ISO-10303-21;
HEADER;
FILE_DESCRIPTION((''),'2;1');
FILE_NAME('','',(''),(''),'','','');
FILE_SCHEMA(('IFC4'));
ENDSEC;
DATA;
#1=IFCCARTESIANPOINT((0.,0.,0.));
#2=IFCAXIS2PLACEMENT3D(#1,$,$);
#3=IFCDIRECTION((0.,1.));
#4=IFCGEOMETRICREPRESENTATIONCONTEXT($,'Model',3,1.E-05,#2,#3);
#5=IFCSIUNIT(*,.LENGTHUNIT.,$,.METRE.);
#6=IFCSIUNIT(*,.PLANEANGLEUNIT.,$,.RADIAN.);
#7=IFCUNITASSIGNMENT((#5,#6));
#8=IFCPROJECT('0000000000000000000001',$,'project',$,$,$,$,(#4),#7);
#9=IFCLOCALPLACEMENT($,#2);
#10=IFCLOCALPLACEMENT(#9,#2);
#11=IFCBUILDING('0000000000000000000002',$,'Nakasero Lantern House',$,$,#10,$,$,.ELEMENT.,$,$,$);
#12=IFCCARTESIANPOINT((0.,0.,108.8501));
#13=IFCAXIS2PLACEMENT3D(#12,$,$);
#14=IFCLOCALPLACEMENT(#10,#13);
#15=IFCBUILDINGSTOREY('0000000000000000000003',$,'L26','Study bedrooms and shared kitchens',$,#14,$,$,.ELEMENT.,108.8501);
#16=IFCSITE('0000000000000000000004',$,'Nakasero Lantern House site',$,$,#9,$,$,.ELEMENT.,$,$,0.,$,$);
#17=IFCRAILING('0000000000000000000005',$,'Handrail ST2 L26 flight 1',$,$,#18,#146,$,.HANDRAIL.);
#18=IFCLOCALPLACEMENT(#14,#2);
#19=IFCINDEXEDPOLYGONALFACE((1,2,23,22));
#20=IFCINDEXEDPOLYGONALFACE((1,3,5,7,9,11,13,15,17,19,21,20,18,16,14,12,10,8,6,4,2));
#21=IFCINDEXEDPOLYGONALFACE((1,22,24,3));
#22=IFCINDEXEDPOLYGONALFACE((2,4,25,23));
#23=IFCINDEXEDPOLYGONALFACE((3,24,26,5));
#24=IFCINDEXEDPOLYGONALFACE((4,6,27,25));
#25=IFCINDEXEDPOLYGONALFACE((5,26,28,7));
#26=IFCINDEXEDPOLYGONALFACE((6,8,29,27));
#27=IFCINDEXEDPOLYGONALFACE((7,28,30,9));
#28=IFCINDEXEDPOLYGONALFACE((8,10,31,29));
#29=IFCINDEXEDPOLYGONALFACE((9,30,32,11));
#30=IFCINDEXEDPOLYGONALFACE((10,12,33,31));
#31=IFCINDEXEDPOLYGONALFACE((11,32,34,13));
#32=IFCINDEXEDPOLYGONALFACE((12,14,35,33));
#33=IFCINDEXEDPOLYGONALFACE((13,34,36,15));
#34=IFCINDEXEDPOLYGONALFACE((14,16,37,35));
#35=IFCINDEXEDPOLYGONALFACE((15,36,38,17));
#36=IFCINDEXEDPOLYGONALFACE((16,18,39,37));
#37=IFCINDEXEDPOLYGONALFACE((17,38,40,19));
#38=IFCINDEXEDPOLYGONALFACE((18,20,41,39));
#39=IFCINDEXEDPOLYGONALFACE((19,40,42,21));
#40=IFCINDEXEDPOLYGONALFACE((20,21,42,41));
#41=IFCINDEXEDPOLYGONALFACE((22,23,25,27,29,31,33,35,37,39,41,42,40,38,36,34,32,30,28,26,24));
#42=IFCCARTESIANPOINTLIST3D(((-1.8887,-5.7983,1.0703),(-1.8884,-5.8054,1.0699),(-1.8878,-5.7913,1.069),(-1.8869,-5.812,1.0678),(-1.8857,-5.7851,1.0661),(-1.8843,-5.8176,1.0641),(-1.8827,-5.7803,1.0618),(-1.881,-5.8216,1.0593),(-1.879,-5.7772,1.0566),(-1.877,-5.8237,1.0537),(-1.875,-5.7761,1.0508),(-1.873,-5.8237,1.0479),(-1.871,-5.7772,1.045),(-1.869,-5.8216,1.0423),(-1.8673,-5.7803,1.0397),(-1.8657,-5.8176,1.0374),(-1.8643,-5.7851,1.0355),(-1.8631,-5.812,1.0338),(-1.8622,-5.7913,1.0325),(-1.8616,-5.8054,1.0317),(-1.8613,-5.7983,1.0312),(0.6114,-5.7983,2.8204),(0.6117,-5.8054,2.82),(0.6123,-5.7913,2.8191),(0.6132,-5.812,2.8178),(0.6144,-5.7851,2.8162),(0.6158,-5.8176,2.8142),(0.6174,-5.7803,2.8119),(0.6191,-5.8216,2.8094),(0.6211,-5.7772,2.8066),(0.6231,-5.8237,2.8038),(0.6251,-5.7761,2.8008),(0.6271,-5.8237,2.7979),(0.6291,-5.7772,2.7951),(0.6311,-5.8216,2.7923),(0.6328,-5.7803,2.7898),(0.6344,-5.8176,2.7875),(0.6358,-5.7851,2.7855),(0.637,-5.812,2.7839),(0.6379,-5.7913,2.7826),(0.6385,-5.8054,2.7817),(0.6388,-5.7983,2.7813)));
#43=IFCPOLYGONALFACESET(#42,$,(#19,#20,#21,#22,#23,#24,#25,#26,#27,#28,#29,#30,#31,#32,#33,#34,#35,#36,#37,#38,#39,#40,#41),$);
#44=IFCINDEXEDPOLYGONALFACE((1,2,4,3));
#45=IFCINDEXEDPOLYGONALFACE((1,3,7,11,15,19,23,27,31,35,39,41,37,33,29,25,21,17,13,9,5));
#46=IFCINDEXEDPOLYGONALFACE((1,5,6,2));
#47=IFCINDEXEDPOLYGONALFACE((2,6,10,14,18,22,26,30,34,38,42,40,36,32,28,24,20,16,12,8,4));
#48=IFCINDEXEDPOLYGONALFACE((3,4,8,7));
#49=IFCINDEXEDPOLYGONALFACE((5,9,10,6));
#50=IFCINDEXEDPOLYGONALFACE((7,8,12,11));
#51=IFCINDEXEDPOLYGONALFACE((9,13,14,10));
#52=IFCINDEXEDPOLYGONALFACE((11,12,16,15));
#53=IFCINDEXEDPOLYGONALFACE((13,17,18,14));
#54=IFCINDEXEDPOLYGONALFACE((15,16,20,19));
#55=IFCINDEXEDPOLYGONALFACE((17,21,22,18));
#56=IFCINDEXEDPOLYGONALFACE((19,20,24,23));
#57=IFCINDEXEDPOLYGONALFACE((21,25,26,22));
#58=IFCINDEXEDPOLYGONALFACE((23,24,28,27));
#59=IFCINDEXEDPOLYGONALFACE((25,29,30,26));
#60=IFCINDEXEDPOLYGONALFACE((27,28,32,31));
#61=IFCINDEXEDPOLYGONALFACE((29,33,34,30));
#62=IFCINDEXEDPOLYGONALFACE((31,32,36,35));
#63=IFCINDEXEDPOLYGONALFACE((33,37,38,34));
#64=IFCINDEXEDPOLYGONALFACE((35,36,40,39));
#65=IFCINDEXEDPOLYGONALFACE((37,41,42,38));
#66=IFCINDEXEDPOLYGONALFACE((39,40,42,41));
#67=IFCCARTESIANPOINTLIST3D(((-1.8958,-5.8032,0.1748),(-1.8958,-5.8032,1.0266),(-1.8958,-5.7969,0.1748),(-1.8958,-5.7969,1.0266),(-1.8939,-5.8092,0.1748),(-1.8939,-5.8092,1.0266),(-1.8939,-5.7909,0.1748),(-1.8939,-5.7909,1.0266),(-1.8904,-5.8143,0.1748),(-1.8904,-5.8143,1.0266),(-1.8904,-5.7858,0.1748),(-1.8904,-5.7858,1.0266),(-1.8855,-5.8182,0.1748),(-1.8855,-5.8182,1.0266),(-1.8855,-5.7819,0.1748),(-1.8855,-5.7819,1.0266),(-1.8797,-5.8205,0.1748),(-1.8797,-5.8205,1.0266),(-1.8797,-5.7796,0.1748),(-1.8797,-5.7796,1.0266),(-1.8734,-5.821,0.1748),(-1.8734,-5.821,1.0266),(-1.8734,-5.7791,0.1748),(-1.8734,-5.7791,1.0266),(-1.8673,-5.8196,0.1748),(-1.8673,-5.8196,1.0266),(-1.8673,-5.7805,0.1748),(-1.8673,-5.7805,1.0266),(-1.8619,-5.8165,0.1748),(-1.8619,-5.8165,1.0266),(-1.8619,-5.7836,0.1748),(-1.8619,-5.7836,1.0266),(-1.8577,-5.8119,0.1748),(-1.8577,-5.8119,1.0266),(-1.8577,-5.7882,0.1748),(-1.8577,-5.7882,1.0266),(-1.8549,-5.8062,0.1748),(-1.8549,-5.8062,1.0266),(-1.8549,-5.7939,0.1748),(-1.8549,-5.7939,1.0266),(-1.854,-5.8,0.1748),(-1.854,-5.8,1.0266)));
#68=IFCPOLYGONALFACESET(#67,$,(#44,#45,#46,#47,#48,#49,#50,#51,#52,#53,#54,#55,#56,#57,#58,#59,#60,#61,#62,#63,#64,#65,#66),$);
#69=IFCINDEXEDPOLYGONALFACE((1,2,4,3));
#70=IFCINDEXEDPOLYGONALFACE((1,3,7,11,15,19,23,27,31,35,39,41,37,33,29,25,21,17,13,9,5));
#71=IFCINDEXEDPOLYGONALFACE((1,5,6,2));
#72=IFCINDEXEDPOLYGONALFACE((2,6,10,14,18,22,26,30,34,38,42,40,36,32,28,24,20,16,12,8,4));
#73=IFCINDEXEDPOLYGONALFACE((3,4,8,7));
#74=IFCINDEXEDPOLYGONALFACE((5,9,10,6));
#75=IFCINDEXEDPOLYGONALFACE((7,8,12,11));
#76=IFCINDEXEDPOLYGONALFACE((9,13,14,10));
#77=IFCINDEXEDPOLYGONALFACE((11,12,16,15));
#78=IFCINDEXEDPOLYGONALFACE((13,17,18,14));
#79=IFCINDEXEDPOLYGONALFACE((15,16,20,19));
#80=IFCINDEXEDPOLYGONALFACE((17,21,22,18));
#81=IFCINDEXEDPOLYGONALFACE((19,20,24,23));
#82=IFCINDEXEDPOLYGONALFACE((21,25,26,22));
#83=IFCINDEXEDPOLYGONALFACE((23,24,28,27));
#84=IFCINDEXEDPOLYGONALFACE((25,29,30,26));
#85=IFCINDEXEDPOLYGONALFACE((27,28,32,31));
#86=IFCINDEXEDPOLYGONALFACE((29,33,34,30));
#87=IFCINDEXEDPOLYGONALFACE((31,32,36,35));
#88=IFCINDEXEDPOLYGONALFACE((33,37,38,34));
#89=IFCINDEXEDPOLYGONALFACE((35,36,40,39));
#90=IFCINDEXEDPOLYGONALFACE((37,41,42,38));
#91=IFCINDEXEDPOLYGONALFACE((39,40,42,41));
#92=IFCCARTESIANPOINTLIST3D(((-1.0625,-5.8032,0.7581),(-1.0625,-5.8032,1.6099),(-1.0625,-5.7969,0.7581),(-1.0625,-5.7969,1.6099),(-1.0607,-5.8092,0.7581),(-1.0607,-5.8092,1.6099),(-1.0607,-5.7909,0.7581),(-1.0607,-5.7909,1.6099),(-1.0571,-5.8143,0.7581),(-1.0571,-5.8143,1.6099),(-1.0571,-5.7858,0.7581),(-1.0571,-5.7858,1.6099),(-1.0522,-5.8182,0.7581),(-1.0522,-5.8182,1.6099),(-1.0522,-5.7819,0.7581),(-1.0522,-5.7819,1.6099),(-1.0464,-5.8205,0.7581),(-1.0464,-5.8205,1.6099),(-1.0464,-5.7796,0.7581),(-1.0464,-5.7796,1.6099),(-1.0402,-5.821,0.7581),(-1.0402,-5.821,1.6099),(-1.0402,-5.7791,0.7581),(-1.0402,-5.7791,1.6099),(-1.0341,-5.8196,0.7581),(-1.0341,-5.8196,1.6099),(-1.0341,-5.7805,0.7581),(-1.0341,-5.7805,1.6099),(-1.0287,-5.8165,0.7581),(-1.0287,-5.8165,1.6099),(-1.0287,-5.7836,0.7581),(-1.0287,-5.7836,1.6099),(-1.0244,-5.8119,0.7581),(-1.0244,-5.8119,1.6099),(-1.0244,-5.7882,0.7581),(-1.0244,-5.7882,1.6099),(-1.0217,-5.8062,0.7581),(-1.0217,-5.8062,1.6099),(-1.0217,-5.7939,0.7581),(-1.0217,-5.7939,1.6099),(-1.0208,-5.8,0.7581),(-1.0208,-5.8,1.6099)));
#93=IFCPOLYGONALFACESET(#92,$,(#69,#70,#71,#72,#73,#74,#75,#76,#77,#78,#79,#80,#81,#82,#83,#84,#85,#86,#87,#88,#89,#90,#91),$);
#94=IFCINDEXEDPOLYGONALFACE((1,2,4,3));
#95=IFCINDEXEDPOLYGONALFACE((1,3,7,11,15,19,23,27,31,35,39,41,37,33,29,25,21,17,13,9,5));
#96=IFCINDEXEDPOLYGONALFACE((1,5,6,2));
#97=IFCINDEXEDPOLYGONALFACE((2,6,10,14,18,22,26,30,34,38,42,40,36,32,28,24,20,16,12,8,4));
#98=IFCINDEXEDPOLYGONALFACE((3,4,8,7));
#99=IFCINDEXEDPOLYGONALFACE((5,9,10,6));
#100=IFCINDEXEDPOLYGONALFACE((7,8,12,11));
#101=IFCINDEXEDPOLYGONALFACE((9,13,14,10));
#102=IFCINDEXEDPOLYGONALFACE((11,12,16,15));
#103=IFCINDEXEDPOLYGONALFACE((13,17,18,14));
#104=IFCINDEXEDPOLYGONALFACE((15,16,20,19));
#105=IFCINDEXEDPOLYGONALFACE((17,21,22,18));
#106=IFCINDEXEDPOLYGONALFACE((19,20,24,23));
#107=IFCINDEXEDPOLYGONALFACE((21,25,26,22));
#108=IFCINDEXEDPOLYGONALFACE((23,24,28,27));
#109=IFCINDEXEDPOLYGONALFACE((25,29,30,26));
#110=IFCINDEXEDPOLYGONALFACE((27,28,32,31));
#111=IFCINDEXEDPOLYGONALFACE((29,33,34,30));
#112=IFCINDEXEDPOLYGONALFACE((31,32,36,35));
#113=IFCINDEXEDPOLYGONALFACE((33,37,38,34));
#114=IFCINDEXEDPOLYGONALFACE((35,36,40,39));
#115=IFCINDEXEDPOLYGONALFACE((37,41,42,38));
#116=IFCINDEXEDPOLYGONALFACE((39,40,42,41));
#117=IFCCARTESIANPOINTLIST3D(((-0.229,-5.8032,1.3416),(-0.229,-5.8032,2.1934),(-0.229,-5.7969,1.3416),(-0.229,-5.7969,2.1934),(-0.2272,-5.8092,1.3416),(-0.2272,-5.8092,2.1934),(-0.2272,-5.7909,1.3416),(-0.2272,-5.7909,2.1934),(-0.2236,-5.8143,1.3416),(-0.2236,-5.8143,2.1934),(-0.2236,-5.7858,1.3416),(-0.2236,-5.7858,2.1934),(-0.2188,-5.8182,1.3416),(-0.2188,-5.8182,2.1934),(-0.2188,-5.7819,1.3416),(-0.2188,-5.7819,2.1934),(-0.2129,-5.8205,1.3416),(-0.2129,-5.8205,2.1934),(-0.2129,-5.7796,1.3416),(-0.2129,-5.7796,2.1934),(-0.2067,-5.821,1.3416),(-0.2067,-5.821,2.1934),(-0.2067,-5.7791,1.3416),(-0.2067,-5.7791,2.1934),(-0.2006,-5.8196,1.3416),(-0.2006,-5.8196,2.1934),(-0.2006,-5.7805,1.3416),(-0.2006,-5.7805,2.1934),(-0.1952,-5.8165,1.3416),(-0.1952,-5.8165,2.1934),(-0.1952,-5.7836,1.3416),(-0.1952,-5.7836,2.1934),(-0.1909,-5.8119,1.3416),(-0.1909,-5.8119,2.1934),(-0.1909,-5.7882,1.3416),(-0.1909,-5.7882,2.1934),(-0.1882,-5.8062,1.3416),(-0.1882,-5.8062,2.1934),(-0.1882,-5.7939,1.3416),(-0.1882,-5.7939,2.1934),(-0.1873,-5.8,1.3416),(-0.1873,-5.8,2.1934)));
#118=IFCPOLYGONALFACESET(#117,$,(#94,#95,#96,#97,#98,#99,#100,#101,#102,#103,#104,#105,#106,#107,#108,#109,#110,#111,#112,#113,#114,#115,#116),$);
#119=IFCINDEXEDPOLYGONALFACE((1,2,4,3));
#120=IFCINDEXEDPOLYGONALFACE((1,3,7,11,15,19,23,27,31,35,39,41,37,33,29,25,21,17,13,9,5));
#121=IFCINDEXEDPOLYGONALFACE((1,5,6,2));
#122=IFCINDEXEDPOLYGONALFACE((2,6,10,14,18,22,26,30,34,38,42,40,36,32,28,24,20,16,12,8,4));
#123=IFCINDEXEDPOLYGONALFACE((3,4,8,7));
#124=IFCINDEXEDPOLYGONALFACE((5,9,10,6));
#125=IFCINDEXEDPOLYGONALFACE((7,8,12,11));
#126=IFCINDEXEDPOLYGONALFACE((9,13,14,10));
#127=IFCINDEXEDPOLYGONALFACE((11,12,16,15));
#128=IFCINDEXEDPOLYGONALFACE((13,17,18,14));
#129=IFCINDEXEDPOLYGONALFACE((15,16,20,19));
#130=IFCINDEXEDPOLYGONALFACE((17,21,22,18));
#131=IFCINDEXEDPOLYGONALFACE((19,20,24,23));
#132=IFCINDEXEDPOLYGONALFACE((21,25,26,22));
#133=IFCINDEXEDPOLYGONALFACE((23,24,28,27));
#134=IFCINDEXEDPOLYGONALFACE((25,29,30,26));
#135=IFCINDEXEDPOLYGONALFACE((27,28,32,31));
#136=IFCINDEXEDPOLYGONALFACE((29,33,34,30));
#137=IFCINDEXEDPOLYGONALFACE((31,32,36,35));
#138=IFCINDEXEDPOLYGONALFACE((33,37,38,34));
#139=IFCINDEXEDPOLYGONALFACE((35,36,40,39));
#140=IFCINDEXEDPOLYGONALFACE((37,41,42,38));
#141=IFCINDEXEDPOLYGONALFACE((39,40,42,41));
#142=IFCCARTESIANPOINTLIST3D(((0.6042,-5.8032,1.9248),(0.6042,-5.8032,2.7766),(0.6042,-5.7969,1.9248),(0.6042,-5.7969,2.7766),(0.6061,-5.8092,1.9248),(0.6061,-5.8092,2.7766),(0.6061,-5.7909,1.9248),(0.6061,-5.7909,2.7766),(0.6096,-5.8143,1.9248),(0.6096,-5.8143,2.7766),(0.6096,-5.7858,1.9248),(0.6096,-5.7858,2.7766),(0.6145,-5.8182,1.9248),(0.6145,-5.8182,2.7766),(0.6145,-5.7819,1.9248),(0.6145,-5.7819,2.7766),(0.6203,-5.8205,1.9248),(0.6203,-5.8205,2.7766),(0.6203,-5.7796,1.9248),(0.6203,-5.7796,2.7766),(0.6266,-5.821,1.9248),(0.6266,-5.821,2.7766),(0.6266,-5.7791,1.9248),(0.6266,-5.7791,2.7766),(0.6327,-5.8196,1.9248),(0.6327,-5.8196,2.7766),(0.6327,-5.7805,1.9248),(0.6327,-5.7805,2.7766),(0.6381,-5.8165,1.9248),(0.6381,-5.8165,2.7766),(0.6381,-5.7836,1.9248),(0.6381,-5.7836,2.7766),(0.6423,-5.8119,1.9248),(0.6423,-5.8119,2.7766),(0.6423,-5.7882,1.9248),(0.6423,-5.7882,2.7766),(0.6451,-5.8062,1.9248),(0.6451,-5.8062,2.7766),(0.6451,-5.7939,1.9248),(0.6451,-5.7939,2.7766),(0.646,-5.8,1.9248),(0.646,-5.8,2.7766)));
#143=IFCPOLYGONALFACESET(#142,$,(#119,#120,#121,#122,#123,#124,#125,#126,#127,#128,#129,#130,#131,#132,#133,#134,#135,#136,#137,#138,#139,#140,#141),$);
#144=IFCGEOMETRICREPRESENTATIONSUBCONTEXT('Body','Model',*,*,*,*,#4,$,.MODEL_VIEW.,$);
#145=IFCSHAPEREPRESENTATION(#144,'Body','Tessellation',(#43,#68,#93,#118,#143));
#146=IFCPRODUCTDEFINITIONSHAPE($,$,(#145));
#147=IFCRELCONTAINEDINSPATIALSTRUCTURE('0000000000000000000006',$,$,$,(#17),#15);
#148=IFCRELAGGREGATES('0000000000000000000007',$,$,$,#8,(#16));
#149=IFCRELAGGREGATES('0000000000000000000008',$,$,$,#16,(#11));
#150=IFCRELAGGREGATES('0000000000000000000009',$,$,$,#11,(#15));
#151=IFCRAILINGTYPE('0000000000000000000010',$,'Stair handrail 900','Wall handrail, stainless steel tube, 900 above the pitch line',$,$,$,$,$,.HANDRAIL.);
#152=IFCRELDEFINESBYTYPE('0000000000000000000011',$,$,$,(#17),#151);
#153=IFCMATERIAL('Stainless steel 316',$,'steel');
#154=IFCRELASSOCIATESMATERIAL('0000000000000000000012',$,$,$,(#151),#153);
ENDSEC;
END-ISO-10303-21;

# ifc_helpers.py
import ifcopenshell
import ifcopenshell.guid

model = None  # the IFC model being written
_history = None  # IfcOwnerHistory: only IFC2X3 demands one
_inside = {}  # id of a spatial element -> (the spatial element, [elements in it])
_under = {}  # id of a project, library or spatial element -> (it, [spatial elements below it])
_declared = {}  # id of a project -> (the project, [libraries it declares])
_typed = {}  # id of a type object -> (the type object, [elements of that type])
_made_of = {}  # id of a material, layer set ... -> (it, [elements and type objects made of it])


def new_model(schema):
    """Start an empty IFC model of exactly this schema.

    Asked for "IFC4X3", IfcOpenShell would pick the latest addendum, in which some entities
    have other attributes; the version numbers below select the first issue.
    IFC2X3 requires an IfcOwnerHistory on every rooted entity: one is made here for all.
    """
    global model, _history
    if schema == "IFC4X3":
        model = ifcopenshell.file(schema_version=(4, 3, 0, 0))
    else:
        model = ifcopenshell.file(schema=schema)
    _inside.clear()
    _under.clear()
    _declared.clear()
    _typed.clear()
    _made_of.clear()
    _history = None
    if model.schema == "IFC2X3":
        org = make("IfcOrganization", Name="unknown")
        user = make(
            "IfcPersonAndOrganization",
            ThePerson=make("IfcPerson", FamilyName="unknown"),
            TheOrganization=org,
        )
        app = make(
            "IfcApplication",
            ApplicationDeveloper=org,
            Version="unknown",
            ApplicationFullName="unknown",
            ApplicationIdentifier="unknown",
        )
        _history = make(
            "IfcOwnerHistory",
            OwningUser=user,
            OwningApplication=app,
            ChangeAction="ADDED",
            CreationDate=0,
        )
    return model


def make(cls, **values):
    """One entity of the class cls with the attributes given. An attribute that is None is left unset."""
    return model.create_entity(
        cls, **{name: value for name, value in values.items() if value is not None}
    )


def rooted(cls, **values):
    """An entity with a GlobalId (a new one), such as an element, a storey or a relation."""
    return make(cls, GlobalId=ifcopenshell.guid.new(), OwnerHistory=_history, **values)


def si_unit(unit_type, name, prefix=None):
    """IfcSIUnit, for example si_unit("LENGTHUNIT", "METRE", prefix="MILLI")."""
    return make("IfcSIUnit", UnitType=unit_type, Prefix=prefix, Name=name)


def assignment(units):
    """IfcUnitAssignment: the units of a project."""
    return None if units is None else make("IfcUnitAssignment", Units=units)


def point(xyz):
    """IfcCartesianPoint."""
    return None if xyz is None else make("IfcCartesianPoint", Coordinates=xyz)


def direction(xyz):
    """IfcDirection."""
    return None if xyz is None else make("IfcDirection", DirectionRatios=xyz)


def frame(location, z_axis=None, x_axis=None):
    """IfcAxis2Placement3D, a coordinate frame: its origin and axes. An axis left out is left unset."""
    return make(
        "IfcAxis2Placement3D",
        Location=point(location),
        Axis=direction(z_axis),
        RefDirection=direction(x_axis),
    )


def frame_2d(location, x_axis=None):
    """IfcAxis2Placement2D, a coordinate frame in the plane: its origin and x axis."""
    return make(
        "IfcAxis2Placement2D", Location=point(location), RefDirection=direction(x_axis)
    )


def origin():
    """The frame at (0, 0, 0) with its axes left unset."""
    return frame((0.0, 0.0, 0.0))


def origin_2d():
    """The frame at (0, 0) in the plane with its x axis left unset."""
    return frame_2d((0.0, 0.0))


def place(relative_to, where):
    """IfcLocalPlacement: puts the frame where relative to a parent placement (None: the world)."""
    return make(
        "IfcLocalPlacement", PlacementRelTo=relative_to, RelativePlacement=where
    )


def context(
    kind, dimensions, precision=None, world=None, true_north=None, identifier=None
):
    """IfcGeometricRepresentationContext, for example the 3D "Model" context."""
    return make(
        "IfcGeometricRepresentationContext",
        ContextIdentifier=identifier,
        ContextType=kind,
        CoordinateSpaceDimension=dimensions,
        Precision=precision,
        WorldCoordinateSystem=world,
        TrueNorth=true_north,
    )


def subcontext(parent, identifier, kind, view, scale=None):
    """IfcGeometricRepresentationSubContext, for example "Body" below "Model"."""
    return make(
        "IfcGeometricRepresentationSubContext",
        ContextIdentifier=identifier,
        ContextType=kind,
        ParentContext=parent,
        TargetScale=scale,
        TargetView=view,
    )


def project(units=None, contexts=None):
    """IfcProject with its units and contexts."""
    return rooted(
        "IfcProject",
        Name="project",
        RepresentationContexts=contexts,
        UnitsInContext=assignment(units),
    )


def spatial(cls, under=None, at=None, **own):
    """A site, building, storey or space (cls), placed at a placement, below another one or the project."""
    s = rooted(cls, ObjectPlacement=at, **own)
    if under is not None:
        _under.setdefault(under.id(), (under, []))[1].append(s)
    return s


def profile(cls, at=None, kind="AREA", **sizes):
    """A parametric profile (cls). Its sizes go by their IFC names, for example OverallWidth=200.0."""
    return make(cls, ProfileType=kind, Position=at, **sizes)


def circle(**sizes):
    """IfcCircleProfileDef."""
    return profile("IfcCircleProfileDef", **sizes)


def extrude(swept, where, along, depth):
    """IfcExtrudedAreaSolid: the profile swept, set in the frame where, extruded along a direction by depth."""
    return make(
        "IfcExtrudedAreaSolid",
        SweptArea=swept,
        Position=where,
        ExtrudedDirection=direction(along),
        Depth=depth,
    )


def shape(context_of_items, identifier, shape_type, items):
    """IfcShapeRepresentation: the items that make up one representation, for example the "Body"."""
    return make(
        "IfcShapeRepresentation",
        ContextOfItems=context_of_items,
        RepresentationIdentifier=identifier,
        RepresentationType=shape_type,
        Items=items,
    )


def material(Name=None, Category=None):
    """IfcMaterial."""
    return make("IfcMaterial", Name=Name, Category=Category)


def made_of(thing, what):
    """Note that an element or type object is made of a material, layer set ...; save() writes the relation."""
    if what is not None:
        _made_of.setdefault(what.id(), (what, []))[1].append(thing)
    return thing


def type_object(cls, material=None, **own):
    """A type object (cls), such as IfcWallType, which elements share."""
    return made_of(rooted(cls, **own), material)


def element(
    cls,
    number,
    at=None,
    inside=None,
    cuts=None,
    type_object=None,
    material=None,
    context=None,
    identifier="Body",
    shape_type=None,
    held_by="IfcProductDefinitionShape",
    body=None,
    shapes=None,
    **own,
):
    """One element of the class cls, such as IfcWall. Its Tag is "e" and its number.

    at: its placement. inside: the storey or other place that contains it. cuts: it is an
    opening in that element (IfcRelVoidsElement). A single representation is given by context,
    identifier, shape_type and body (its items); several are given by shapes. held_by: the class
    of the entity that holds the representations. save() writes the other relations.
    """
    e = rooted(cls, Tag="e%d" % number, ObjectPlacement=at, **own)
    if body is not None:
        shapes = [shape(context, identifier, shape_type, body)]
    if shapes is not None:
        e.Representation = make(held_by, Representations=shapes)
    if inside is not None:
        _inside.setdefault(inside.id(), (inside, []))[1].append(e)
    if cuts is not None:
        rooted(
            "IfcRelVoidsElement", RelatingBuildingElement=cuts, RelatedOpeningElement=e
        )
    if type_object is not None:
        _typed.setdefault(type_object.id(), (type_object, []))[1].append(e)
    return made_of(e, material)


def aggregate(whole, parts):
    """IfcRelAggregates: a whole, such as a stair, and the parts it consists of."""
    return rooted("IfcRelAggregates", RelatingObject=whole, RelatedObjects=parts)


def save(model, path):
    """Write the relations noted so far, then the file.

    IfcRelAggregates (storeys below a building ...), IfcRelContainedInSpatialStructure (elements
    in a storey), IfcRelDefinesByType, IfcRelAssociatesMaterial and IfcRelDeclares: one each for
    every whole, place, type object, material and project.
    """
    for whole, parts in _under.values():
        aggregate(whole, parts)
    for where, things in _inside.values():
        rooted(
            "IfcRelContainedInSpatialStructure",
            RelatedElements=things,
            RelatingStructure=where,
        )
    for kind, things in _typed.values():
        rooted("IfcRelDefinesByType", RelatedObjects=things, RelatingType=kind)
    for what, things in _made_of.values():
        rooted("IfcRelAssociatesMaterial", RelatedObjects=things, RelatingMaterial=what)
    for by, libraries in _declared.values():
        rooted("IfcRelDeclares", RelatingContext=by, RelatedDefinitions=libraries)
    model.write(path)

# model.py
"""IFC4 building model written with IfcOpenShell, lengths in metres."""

from ifc_helpers import new_model, si_unit, direction, frame, origin, origin_2d, place, context, subcontext, project, spatial, circle, extrude, material, type_object, element, save


model = new_model("IFC4")

# Units and contexts
model_context = context("Model", 3, precision=1e-05, world=origin(), true_north=direction((0.0, 1.0)))
body_context = subcontext(model_context, "Body", "Model", "MODEL_VIEW")
ifc_project = project(units=[si_unit("LENGTHUNIT", "METRE"), si_unit("PLANEANGLEUNIT", "RADIAN")], contexts=[model_context])

# Site, building, storey
site_placement = place(None, origin())
site = spatial("IfcSite", under=ifc_project, at=site_placement, Name="Nakasero Lantern House site", CompositionType="ELEMENT", RefElevation=0.0)
building_placement = place(site_placement, origin())
building = spatial("IfcBuilding", under=site, at=building_placement, Name="Nakasero Lantern House", CompositionType="ELEMENT")
storey_placement = place(building_placement, frame((0.0, 0.0, 108.8501)))
storey = spatial("IfcBuildingStorey", under=building, at=storey_placement, Name="L26", Description="Study bedrooms and shared kitchens", CompositionType="ELEMENT", Elevation=108.8501)

# Railing
ifc_material_1 = material(Name="Stainless steel 316", Category="steel")
railing_type = type_object("IfcRailingType", Name="Stair handrail 900", Description="Wall handrail, stainless steel tube, 900 above the pitch line", PredefinedType="HANDRAIL", material=ifc_material_1)
railing_placement = place(storey_placement, frame((-1.875, -5.8, 0.1748)))
element("IfcRailing", 1, at=railing_placement, inside=storey, type_object=railing_type, Name="Handrail ST2 L26 flight 1", PredefinedType="HANDRAIL", context=body_context, shape_type="SweptSolid", body=[
    extrude(circle(Radius=0.0239, at=origin_2d()), frame((0.0, 0.0, 0.876), z_axis=(0.819232, 0.0, 0.573462), x_axis=(0.0, 1.0, 0.0)), (0.0, 0.0, 1.0), 3.0518),
    extrude(circle(Radius=0.021, at=origin_2d()), origin(), (0.0, 0.0, 1.0), 0.8518),
    extrude(circle(Radius=0.021, at=origin_2d()), frame((0.8333, 0.0, 0.5833)), (0.0, 0.0, 1.0), 0.8518),
    extrude(circle(Radius=0.021, at=origin_2d()), frame((1.6667, 0.0, 1.1667)), (0.0, 0.0, 1.0), 0.8518),
    extrude(circle(Radius=0.021, at=origin_2d()), frame((2.5, 0.0, 1.75)), (0.0, 0.0, 1.0), 0.8518),
])

save(model, "model.ifc")
